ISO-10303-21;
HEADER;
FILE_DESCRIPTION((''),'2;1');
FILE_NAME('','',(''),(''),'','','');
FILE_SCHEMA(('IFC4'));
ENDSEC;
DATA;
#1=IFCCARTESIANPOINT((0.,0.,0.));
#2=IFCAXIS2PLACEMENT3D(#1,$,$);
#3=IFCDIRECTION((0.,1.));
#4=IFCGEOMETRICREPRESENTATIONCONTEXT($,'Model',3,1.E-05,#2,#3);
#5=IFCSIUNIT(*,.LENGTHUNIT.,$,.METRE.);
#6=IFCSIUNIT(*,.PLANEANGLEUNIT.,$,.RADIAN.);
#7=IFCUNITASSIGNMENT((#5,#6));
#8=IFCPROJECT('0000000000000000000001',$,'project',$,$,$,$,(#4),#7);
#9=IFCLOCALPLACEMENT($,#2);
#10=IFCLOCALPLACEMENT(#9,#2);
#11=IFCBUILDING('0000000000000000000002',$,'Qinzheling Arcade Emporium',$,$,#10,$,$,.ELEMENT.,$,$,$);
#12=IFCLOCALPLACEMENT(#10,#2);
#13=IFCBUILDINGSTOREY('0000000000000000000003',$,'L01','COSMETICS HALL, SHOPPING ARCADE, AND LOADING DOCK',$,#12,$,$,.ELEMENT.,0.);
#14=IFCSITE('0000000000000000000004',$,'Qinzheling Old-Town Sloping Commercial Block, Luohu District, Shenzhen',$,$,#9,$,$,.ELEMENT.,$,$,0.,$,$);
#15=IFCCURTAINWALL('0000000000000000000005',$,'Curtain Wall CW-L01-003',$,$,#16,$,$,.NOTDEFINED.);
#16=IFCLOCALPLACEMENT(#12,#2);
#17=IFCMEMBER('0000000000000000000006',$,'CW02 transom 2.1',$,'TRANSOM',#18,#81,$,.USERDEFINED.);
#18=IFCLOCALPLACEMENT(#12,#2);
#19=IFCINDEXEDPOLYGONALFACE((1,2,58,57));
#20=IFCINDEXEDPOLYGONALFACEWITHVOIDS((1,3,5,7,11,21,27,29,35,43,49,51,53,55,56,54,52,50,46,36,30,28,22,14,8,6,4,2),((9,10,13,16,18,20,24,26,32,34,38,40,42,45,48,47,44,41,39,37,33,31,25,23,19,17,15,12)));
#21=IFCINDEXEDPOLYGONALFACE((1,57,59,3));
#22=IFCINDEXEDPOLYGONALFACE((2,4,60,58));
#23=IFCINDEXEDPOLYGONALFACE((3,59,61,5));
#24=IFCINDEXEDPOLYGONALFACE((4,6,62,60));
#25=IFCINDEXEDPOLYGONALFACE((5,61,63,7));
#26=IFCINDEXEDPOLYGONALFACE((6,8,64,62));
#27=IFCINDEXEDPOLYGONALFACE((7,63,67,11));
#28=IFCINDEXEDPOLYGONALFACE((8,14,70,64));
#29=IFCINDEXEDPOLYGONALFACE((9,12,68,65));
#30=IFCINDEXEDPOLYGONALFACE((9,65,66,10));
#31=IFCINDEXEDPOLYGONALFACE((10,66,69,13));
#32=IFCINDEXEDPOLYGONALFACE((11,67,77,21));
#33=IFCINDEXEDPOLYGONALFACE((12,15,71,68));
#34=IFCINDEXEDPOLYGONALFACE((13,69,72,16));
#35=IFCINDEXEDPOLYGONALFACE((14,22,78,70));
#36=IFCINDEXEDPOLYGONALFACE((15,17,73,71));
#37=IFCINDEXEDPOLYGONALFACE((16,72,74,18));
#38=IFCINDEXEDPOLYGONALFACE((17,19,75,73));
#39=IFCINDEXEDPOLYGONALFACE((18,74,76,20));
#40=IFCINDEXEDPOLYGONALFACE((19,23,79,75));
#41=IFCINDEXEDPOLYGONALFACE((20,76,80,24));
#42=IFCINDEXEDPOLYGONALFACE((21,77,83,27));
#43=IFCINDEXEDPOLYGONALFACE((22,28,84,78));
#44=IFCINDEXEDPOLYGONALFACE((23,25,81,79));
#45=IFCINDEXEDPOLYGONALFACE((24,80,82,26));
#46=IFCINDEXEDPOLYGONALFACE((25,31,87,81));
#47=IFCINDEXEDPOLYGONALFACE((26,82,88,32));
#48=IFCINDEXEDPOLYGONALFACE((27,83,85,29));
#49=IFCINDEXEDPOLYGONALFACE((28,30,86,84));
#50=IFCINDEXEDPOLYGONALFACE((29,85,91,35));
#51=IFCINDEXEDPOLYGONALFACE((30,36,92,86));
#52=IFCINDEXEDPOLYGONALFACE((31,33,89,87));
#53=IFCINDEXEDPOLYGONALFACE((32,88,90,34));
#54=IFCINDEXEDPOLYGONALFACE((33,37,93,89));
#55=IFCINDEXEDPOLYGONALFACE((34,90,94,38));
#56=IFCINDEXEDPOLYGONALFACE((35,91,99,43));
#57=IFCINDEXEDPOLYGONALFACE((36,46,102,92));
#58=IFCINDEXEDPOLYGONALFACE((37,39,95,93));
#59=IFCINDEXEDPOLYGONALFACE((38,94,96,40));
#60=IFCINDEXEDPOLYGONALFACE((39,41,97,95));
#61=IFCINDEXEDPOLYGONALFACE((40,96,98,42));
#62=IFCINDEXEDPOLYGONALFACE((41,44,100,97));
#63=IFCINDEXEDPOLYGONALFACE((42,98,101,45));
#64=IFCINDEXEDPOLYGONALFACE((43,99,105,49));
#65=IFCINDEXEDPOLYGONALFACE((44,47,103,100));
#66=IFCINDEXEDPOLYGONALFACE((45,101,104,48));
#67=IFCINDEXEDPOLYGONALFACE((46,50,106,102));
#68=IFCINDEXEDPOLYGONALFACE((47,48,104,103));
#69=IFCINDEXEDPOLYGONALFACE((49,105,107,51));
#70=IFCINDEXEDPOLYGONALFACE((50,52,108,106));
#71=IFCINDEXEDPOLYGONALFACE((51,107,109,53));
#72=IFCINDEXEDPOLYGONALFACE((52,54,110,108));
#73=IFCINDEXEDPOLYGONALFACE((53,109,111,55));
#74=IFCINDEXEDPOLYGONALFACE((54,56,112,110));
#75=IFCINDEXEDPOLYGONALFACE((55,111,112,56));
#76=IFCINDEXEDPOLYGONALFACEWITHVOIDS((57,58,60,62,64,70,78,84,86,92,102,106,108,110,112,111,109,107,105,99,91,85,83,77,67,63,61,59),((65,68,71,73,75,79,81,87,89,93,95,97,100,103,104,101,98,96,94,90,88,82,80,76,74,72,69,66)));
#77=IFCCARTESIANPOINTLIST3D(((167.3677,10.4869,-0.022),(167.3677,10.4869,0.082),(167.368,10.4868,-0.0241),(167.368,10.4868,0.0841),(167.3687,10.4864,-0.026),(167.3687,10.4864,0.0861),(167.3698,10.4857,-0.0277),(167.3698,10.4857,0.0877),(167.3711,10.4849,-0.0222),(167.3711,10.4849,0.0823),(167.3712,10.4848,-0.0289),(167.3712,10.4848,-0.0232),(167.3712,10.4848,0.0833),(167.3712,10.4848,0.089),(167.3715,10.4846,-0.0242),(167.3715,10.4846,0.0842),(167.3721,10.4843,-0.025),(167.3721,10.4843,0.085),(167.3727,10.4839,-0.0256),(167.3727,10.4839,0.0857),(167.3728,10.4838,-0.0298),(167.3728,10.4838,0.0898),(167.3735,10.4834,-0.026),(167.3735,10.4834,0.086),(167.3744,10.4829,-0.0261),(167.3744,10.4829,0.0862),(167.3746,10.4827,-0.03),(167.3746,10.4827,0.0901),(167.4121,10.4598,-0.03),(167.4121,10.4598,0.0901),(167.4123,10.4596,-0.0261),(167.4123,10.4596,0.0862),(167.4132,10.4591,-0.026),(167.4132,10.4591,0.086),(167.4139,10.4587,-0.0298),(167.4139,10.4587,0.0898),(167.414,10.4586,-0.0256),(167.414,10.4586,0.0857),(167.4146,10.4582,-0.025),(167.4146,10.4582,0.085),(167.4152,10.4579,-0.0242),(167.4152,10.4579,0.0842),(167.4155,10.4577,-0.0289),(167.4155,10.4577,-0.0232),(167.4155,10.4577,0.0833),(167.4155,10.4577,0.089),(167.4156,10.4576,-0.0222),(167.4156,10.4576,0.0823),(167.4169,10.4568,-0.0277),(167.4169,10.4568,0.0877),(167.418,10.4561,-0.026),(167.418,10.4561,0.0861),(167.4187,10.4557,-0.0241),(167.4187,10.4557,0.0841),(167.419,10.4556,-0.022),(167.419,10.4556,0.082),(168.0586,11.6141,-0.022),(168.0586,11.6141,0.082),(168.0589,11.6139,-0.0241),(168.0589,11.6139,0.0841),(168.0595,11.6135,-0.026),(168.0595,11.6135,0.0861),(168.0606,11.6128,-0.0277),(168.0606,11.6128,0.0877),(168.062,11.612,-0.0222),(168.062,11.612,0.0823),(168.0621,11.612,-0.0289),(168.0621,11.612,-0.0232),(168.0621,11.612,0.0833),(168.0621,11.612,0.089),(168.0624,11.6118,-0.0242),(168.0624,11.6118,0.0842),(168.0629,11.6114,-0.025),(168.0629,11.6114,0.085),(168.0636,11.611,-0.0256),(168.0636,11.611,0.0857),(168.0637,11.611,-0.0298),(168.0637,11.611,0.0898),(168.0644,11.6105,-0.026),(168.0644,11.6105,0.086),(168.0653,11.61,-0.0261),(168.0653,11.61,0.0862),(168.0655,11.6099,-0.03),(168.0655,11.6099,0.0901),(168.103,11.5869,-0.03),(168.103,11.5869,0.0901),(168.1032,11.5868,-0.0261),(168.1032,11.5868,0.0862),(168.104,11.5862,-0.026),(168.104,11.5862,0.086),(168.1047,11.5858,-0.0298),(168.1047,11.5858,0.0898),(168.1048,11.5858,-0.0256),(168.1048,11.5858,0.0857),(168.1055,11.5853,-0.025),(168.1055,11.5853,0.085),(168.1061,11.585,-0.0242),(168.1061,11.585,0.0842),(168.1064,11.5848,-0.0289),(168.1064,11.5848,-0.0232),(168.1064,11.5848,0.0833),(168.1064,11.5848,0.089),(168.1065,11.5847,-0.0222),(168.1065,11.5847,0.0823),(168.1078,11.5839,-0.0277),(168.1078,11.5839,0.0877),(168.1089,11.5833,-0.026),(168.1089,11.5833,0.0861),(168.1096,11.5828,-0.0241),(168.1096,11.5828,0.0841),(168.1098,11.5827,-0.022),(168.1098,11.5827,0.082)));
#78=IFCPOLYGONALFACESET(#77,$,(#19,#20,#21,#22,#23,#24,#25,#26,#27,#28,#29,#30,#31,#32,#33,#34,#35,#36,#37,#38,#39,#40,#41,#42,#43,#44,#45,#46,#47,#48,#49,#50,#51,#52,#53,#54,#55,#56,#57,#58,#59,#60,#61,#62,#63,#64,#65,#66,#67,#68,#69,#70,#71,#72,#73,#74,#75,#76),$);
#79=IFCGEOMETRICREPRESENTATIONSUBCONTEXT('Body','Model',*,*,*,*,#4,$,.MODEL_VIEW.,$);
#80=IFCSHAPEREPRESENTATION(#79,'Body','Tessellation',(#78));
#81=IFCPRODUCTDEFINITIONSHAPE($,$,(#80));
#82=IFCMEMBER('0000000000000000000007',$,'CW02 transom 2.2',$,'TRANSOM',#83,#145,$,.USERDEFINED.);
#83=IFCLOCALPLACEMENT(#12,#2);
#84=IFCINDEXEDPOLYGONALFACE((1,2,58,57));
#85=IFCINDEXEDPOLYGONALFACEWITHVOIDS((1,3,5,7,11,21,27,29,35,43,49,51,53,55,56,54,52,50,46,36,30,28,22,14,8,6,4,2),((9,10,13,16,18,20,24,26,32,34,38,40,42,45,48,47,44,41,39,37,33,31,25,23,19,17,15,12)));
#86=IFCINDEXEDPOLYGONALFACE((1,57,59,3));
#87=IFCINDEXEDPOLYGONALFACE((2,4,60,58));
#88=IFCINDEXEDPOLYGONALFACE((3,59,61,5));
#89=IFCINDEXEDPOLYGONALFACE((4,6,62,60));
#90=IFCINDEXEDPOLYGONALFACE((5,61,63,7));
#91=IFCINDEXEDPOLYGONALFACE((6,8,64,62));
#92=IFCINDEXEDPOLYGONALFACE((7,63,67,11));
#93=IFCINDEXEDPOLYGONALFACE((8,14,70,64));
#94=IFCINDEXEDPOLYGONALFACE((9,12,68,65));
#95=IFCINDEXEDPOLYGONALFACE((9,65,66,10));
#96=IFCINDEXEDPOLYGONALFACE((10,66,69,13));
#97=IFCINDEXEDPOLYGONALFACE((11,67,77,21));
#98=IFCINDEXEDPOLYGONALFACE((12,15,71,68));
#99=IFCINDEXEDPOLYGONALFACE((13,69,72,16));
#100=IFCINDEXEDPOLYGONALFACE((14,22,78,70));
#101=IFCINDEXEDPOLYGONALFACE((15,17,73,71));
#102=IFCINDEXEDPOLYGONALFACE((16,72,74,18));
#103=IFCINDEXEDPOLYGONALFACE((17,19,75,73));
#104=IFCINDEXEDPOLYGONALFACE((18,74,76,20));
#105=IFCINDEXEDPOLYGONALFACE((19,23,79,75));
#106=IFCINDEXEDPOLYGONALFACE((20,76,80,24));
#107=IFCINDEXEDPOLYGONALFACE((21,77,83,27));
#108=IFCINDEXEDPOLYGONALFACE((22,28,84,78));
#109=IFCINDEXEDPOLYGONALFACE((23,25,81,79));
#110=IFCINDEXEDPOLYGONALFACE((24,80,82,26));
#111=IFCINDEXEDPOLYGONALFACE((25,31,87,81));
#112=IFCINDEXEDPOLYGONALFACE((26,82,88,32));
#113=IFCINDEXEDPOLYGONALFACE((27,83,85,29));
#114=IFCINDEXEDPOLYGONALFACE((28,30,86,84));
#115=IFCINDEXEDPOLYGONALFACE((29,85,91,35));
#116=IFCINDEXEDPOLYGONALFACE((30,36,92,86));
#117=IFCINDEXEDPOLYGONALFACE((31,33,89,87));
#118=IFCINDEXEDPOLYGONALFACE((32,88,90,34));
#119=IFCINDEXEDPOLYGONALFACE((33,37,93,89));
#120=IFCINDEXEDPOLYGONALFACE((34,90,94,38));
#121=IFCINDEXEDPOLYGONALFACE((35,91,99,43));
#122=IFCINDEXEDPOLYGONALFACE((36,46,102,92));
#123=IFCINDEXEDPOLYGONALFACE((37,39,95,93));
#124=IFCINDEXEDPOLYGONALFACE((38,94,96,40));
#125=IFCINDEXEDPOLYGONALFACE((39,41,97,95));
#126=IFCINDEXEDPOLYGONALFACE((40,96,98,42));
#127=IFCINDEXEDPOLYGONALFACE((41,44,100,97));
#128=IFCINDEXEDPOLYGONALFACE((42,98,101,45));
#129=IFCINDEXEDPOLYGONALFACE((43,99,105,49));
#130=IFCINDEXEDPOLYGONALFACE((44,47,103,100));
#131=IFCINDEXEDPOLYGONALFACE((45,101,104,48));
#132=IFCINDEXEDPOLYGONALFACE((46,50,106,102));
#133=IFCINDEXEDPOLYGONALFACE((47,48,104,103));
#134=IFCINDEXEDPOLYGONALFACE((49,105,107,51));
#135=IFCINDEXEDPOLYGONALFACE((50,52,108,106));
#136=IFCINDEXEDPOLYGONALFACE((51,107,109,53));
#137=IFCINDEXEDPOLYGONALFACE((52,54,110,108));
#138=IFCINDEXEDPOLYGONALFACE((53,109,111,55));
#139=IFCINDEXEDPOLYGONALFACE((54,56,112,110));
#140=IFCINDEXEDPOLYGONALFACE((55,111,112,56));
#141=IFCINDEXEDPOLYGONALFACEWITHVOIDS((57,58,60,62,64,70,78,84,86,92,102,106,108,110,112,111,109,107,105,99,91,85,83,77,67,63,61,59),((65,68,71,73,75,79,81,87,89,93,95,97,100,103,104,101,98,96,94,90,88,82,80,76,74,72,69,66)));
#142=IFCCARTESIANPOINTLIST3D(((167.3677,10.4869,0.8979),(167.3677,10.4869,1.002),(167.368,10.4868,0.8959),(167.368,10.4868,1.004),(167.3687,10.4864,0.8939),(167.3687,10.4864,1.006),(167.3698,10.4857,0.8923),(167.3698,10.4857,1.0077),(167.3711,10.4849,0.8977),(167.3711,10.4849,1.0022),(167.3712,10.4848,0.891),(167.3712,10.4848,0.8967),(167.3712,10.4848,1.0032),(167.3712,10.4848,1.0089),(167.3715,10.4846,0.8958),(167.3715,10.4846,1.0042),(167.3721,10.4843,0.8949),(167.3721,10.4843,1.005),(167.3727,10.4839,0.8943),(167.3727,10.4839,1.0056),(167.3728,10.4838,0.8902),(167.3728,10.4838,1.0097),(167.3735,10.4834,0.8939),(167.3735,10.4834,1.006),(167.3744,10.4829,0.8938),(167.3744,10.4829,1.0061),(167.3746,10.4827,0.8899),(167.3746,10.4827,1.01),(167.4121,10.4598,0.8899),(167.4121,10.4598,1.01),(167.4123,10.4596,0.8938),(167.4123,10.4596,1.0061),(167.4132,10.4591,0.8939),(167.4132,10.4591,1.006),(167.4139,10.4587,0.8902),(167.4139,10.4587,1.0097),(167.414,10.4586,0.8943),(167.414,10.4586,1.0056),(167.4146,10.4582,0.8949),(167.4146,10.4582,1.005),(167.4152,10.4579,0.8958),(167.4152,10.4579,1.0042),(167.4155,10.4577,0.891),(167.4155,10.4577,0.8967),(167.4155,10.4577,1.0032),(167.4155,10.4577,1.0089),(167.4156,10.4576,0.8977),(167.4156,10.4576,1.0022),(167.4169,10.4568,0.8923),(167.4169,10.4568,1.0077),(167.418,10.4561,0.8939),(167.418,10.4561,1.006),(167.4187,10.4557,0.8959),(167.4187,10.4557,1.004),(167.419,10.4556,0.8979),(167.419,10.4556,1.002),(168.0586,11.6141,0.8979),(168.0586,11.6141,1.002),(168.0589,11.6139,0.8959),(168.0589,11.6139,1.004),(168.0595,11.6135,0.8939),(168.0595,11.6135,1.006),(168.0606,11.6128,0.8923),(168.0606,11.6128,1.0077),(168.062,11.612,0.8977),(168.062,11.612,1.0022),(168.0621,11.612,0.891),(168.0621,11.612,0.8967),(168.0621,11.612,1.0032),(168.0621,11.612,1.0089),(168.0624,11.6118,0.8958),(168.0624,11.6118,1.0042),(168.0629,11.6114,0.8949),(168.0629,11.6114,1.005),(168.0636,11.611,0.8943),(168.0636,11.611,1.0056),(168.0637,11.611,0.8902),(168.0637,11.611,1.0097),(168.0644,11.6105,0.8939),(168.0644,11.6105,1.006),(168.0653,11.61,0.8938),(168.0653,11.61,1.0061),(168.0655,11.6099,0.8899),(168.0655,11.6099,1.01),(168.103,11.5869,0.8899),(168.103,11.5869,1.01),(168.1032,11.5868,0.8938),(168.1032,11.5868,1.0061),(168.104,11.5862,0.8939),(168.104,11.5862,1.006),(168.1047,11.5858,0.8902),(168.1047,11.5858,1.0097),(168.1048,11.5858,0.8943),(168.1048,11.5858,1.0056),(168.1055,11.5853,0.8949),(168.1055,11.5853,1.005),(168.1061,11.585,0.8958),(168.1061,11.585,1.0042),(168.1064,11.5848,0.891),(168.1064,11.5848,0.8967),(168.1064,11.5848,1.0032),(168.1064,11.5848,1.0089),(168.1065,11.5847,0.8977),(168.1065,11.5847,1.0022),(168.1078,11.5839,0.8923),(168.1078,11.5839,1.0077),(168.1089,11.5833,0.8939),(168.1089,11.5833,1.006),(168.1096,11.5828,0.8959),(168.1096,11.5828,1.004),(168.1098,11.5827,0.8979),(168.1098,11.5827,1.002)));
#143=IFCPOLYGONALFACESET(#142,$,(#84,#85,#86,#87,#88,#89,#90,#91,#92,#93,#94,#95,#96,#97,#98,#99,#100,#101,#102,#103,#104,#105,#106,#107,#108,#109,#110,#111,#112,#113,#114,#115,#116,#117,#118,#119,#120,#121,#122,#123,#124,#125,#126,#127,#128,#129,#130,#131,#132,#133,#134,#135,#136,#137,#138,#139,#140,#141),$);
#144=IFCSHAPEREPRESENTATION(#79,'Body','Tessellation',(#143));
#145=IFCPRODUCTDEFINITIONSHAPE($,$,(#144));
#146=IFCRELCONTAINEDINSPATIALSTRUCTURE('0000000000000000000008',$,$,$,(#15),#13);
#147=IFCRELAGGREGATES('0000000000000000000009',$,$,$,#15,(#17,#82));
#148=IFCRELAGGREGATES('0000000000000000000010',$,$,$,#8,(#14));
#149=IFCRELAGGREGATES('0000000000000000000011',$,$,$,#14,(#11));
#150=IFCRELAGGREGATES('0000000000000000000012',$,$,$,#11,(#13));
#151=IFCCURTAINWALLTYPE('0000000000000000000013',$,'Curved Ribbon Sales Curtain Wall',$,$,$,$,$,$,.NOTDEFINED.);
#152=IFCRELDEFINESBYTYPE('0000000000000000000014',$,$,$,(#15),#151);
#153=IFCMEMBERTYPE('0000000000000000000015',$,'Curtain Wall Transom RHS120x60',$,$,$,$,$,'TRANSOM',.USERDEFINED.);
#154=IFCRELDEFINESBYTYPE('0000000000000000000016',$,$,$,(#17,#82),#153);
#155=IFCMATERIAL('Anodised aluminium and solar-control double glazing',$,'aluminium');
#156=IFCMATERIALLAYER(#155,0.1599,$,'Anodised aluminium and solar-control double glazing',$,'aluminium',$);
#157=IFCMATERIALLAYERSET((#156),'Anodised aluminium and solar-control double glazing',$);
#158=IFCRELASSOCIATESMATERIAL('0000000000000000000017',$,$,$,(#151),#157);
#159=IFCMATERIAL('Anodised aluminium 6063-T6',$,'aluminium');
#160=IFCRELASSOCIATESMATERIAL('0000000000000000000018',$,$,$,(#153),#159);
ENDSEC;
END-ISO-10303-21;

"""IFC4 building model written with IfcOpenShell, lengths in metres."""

from ifc_helpers import new_model, si_unit, direction, frame, origin, origin_2d, place, context, subcontext, project, spatial, hollow_rectangle, extrude, material, layer, layer_set, material_profile, profile_set, type_object, element, aggregate, save


model = new_model("IFC4")

# Units and contexts
model_context = context("Model", 3, precision=1e-05, world=origin(), true_north=direction((0.0, 1.0)))
body_context = subcontext(model_context, "Body", "Model", "MODEL_VIEW")
ifc_project = project(units=[si_unit("LENGTHUNIT", "METRE"), si_unit("PLANEANGLEUNIT", "RADIAN")], contexts=[model_context])

# Site, building, storey
site_placement = place(None, origin())
site = spatial("IfcSite", under=ifc_project, at=site_placement, Name="Qinzheling Old-Town Sloping Commercial Block, Luohu District, Shenzhen", CompositionType="ELEMENT", RefElevation=0.0)
building_placement = place(site_placement, origin())
building = spatial("IfcBuilding", under=site, at=building_placement, Name="Qinzheling Arcade Emporium", CompositionType="ELEMENT")
storey_placement = place(building_placement, origin())
storey = spatial("IfcBuildingStorey", under=building, at=storey_placement, Name="L01", Description="COSMETICS HALL, SHOPPING ARCADE, AND LOADING DOCK", CompositionType="ELEMENT", Elevation=0.0)

# Curtain wall
ifc_material_1 = material(Name="Anodised aluminium and solar-control double glazing", Category="aluminium")
ifc_layer_1 = layer(ifc_material_1, 0.1599, Name="Anodised aluminium and solar-control double glazing", Category="aluminium")
ifc_layer_set_1 = layer_set([ifc_layer_1], Name="Anodised aluminium and solar-control double glazing")
curtain_wall_type = type_object("IfcCurtainWallType", Name="Curved Ribbon Sales Curtain Wall", PredefinedType="NOTDEFINED", material=ifc_layer_set_1)
ifc_material_2 = material(Name="Anodised aluminium 6063-T6", Category="aluminium")
curtain_wall_1_placement = place(storey_placement, origin())
curtain_wall_1 = element("IfcCurtainWall", 1, at=curtain_wall_1_placement, inside=storey, type_object=curtain_wall_type, Name="Curtain Wall CW-L01-003", PredefinedType="NOTDEFINED")

# Members
ifc_material_profile_1 = material_profile(ifc_material_2, hollow_rectangle(XDim=0.0601, YDim=0.1201, WallThickness=0.0039, InnerFilletRadius=0.0039, OuterFilletRadius=0.0081, at=origin_2d()), Name="RHS 120x60x4", Category="aluminium")
ifc_profile_set_1 = profile_set([ifc_material_profile_1], Name="Anodised aluminium 6063-T6")
member_type_1 = type_object("IfcMemberType", Name="Curtain Wall Transom RHS120x60", ElementType="TRANSOM", PredefinedType="USERDEFINED", material=ifc_profile_set_1)
member_1_placement = place(storey_placement, frame((168.0842, 11.5984, 0.03), z_axis=(-0.522592, -0.852583, 0.0), x_axis=(0.852583, -0.522592, 0.0)))
member_1 = element("IfcMember", 2, at=member_1_placement, type_object=member_type_1, Name="CW02 transom 2.1", ObjectType="TRANSOM", PredefinedType="USERDEFINED", context=body_context, shape_type="SweptSolid", body=[
    extrude(hollow_rectangle(XDim=0.0601, YDim=0.1201, WallThickness=0.0039, InnerFilletRadius=0.0039, OuterFilletRadius=0.0081, at=origin_2d()), origin(), (0.0, 0.0, 1.0), 1.322),
])
member_2_placement = place(storey_placement, frame((168.0842, 11.5984, 0.95), z_axis=(-0.522592, -0.852583, 0.0), x_axis=(0.852583, -0.522592, 0.0)))
member_2 = element("IfcMember", 3, at=member_2_placement, type_object=member_type_1, Name="CW02 transom 2.2", ObjectType="TRANSOM", PredefinedType="USERDEFINED", context=body_context, shape_type="SweptSolid", body=[
    extrude(hollow_rectangle(XDim=0.0601, YDim=0.1201, WallThickness=0.0039, InnerFilletRadius=0.0039, OuterFilletRadius=0.0081, at=origin_2d()), origin(), (0.0, 0.0, 1.0), 1.322),
])

aggregate(curtain_wall_1, [member_1, member_2])

save(model, "model.ifc")
